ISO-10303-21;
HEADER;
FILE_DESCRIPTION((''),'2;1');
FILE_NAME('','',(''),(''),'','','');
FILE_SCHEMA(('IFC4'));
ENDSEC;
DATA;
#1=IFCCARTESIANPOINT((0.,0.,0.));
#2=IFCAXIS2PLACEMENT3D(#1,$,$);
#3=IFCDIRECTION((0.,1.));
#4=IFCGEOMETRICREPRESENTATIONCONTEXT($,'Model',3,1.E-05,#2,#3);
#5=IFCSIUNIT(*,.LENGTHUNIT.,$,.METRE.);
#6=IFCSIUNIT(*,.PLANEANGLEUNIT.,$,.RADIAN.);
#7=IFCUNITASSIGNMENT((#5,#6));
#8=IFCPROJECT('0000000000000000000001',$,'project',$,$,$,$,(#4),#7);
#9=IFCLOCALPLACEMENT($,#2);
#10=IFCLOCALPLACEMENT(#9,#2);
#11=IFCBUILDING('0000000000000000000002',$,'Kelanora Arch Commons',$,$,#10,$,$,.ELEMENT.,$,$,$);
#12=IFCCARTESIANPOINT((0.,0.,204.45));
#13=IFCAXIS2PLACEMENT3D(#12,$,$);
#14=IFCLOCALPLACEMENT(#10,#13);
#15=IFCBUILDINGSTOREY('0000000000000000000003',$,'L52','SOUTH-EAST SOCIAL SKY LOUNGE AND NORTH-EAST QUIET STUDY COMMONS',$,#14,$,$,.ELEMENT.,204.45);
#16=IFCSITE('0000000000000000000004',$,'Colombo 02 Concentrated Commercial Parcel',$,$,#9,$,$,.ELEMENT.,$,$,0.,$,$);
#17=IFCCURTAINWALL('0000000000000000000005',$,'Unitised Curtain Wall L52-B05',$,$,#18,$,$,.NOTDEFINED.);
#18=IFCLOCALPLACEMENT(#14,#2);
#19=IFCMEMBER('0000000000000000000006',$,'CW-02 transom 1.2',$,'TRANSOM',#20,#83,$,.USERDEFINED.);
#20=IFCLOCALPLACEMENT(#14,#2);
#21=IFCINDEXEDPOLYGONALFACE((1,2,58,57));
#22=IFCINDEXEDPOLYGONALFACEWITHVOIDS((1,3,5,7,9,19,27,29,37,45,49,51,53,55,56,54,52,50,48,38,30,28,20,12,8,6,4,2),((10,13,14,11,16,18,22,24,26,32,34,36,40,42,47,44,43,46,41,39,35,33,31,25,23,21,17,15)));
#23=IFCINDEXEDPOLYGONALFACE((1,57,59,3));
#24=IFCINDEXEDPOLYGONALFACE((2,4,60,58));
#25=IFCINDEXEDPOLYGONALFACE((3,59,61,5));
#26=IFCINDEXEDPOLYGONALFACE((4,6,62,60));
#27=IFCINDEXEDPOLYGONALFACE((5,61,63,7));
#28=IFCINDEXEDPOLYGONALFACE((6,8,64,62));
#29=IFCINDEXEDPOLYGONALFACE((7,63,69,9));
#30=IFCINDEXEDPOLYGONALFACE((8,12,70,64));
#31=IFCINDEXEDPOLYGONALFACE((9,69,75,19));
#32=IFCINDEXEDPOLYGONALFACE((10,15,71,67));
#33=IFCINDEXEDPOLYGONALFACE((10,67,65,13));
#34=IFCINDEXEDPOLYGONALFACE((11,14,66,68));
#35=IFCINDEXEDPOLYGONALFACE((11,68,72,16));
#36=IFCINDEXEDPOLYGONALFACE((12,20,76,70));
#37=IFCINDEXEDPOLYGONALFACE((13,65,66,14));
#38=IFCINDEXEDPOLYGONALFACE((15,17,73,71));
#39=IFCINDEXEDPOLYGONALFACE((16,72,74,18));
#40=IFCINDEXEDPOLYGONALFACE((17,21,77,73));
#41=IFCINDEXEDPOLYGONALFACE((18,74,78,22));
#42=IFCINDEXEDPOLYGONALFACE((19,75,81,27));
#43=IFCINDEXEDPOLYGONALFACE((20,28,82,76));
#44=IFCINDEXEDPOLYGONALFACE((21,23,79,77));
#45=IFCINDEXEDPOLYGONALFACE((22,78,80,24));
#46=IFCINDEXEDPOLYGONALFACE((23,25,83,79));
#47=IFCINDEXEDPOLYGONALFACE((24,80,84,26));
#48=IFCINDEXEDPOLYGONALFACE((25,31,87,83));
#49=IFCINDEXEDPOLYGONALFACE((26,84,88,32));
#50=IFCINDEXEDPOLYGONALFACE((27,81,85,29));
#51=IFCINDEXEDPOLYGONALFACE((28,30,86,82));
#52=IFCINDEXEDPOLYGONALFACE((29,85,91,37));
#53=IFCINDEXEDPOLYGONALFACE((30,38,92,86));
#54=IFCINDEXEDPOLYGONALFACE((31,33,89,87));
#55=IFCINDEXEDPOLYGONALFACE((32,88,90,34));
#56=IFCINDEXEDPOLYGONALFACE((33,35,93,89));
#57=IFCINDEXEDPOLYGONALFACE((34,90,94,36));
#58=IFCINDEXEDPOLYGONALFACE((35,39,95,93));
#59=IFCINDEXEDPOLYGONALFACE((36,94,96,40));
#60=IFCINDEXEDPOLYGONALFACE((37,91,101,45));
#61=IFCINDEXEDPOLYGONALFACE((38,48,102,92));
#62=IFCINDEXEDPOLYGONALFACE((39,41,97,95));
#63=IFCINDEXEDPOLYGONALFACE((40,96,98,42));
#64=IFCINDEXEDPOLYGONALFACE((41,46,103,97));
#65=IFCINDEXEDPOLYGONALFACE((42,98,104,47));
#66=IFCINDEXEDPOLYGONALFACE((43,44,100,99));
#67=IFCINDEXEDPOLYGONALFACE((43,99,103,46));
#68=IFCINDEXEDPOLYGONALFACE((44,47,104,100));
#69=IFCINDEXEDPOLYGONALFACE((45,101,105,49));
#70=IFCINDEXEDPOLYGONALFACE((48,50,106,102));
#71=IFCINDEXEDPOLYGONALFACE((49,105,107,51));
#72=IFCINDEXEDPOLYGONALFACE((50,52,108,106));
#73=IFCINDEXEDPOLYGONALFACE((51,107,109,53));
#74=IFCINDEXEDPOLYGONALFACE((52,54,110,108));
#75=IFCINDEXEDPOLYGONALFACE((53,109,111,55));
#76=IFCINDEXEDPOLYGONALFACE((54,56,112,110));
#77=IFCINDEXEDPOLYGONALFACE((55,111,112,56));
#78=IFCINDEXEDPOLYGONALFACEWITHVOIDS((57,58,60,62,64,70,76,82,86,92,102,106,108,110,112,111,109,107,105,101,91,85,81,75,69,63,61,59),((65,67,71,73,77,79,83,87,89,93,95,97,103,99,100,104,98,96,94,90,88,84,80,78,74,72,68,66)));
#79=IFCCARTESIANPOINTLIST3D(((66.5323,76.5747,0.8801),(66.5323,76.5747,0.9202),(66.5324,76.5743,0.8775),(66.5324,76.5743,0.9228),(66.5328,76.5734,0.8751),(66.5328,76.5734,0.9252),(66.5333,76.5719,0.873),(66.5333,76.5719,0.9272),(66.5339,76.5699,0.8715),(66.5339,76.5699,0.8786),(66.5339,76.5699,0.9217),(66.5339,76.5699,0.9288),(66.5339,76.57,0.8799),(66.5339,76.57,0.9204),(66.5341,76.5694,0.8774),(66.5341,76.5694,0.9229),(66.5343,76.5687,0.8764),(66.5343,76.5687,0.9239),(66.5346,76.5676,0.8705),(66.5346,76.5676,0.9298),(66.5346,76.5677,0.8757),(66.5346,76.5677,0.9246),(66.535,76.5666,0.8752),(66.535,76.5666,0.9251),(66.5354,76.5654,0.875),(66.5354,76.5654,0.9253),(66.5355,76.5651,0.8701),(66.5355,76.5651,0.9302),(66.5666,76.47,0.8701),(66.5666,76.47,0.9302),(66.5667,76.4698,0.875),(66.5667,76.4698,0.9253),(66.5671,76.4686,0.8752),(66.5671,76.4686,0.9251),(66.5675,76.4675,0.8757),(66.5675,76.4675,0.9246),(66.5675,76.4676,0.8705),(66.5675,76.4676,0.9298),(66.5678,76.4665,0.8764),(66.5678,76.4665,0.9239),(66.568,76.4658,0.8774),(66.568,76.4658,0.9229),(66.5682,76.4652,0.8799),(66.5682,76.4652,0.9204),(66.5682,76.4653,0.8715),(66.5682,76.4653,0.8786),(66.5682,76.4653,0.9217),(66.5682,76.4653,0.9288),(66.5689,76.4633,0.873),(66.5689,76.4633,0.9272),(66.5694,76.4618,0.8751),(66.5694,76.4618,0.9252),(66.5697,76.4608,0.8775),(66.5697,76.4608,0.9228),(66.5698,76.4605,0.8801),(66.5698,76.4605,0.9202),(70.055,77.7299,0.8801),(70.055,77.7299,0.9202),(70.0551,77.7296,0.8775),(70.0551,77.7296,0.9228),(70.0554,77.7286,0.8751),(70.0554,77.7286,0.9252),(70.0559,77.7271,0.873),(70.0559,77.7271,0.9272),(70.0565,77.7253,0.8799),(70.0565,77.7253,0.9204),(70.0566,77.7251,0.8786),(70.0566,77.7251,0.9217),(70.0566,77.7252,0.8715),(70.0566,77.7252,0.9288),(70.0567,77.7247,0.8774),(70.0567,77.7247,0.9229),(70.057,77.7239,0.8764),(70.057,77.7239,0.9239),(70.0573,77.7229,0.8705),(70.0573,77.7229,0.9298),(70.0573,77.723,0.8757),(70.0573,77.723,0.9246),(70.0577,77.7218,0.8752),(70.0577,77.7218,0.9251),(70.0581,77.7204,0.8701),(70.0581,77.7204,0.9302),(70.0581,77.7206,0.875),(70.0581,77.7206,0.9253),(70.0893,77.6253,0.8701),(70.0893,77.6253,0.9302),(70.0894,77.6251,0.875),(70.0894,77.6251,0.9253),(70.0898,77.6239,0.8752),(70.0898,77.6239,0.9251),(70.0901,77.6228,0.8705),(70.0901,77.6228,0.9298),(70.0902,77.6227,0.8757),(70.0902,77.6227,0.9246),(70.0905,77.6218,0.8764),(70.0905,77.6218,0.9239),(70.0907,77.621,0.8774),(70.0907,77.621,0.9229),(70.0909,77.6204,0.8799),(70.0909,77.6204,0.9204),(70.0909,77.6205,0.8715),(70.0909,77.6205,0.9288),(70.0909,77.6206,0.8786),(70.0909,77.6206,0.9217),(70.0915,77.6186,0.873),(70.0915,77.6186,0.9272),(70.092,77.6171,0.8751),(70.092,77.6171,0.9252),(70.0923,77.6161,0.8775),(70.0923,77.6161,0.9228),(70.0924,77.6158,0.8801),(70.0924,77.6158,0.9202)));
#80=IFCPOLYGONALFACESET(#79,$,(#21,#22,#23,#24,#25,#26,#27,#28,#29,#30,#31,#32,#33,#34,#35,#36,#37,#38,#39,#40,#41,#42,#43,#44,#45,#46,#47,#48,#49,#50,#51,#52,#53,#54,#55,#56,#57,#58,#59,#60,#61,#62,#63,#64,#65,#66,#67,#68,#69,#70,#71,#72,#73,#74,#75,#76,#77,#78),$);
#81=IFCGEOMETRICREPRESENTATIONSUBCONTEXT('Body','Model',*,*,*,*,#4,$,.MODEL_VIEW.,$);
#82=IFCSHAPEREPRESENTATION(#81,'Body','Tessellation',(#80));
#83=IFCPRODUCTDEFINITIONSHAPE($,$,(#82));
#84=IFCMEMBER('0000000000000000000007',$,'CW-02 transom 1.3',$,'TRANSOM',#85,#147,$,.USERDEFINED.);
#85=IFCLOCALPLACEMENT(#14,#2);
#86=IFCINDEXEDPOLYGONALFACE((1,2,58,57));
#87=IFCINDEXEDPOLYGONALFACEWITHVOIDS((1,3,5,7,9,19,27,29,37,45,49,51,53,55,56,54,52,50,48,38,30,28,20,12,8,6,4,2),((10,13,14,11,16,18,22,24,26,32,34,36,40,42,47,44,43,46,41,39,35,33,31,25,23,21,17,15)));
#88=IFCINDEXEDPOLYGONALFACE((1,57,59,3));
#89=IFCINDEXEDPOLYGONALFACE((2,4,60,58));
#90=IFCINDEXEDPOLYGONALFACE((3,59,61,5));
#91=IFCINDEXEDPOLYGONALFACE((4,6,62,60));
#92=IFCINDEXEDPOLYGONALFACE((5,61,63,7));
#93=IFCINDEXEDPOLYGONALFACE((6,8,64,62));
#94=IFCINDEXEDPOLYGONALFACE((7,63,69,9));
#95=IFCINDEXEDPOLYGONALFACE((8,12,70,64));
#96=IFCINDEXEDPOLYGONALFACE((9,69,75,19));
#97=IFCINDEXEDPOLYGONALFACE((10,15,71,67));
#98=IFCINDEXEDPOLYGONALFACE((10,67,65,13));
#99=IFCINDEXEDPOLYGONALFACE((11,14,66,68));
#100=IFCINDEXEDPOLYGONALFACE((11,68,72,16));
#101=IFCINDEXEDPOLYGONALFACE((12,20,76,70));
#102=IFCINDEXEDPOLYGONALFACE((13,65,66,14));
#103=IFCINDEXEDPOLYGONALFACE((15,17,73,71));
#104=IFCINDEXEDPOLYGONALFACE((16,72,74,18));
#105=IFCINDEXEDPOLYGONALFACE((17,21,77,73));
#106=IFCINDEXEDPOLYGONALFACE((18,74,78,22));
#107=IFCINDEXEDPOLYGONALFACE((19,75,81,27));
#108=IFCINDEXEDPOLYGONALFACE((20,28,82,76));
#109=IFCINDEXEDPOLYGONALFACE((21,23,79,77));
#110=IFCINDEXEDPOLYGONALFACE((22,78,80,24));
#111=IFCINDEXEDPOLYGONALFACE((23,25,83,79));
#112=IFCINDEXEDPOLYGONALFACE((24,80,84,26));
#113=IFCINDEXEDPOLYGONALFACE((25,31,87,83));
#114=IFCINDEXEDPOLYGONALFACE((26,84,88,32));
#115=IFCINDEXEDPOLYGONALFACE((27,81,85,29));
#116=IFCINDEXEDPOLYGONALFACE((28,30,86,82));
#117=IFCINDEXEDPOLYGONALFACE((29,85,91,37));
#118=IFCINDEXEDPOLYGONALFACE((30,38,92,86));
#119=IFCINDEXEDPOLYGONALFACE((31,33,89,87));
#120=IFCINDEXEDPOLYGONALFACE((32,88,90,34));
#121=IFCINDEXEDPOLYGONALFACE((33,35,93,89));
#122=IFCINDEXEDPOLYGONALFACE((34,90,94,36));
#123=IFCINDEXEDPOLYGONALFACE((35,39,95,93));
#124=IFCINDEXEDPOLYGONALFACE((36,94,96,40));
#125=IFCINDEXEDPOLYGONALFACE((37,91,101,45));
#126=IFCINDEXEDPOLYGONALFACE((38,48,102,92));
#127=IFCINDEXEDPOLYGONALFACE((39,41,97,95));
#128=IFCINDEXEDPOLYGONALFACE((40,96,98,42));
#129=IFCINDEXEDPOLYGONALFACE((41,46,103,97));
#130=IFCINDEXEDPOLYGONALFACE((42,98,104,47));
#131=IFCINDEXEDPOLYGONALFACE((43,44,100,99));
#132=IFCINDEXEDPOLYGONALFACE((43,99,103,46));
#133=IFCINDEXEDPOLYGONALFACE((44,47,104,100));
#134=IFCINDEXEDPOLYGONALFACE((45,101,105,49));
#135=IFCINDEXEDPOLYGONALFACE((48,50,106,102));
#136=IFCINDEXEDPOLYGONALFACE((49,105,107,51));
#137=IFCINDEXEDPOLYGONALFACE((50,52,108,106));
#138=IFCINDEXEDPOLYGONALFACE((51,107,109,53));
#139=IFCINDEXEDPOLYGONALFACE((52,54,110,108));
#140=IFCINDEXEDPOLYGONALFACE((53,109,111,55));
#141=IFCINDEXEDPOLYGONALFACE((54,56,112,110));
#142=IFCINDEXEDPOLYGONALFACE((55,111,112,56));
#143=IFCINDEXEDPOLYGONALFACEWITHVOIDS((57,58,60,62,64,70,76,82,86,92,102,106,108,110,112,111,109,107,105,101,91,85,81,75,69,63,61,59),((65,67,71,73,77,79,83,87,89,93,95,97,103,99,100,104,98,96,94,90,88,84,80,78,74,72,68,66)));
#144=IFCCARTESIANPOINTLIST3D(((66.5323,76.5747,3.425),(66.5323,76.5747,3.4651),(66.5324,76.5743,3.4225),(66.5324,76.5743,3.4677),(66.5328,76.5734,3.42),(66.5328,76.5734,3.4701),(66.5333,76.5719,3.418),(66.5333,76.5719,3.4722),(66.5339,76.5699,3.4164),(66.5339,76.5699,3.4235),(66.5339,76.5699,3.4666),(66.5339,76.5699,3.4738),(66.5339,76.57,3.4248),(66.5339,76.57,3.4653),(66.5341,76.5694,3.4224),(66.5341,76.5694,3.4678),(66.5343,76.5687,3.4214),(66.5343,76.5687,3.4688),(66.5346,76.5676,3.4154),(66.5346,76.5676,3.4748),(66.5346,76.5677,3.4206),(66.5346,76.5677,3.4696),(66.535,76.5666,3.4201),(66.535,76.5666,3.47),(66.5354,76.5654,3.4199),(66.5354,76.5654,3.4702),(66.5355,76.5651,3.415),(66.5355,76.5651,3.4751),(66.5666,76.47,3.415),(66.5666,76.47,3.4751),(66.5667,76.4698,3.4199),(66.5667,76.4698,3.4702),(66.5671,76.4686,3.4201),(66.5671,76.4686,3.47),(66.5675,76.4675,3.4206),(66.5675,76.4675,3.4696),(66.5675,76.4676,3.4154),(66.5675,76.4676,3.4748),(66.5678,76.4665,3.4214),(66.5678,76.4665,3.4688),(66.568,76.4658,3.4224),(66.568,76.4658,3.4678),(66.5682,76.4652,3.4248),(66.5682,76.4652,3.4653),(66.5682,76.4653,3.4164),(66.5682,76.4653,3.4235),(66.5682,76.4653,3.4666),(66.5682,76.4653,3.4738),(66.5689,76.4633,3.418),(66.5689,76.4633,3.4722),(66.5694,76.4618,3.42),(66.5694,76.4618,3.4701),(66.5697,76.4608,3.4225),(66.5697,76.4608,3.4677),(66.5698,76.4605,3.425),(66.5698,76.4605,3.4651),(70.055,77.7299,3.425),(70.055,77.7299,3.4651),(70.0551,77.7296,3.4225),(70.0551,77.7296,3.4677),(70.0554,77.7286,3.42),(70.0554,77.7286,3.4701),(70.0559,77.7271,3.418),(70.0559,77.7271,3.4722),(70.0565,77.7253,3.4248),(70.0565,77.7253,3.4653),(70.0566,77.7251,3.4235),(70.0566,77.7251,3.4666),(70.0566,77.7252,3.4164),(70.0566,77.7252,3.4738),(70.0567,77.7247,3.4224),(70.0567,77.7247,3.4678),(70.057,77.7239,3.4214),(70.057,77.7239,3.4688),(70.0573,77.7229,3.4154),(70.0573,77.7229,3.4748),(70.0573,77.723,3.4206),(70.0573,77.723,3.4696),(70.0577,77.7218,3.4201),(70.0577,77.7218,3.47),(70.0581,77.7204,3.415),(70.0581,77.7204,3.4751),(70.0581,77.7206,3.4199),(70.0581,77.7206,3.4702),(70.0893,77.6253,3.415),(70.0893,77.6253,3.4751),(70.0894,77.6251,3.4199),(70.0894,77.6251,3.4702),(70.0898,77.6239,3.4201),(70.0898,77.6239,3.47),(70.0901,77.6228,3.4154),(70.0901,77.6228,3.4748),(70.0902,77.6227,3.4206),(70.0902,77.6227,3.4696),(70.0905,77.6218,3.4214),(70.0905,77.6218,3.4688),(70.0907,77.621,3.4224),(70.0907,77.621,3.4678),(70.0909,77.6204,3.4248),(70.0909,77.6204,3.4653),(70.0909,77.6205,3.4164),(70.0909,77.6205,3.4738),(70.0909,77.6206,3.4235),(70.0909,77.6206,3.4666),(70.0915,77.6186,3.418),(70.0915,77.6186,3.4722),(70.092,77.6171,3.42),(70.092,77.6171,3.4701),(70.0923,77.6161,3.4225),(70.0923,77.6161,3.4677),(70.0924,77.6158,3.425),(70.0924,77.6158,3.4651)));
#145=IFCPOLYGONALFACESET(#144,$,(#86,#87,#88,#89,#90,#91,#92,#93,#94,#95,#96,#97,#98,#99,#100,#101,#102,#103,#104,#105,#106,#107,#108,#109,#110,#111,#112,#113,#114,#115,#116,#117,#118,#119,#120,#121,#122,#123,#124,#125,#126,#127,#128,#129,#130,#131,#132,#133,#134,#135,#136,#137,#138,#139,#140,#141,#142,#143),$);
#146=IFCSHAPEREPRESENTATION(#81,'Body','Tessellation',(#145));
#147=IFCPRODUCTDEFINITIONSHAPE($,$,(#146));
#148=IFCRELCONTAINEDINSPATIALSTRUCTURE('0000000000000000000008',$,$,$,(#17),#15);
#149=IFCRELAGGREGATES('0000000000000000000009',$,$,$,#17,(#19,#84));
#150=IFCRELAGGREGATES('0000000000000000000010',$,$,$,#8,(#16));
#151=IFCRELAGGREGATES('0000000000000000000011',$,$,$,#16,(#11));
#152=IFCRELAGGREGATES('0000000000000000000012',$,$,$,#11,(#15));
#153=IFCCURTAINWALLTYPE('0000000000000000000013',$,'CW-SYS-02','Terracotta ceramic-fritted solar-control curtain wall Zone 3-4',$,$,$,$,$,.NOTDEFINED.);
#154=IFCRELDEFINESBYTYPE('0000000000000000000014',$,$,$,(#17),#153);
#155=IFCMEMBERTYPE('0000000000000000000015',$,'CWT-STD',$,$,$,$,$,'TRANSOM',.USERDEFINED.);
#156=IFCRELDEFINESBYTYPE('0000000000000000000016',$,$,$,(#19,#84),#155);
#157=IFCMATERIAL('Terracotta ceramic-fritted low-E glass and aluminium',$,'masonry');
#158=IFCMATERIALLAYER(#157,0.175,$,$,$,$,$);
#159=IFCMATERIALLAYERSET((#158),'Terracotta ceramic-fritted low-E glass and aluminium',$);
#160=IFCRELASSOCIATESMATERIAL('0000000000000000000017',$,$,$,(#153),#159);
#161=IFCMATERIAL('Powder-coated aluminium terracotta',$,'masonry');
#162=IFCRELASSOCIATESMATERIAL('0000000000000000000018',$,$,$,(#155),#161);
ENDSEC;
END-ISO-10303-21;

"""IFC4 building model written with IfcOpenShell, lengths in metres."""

from ifc_helpers import new_model, si_unit, direction, frame, origin, origin_2d, place, context, subcontext, project, spatial, hollow_rectangle, extrude, material, layer, layer_set, material_profile, profile_set, type_object, element, aggregate, save


model = new_model("IFC4")

# Units and contexts
model_context = context("Model", 3, precision=1e-05, world=origin(), true_north=direction((0.0, 1.0)))
body_context = subcontext(model_context, "Body", "Model", "MODEL_VIEW")
ifc_project = project(units=[si_unit("LENGTHUNIT", "METRE"), si_unit("PLANEANGLEUNIT", "RADIAN")], contexts=[model_context])

# Site, building, storey
site_placement = place(None, origin())
site = spatial("IfcSite", under=ifc_project, at=site_placement, Name="Colombo 02 Concentrated Commercial Parcel", CompositionType="ELEMENT", RefElevation=0.0)
building_placement = place(site_placement, origin())
building = spatial("IfcBuilding", under=site, at=building_placement, Name="Kelanora Arch Commons", CompositionType="ELEMENT")
storey_placement = place(building_placement, frame((0.0, 0.0, 204.45)))
storey = spatial("IfcBuildingStorey", under=building, at=storey_placement, Name="L52", Description="SOUTH-EAST SOCIAL SKY LOUNGE AND NORTH-EAST QUIET STUDY COMMONS", CompositionType="ELEMENT", Elevation=204.45)

# Curtain wall, members
ifc_material_1 = material(Name="Terracotta ceramic-fritted low-E glass and aluminium", Category="masonry")
ifc_layer_1 = layer(ifc_material_1, 0.175)
ifc_layer_set_1 = layer_set([ifc_layer_1], Name="Terracotta ceramic-fritted low-E glass and aluminium")
curtain_wall_type = type_object("IfcCurtainWallType", Name="CW-SYS-02", Description="Terracotta ceramic-fritted solar-control curtain wall Zone 3-4", PredefinedType="NOTDEFINED", material=ifc_layer_set_1)
curtain_wall_placement = place(storey_placement, origin())
curtain_wall = element("IfcCurtainWall", 1, at=curtain_wall_placement, inside=storey, type_object=curtain_wall_type, Name="Unitised Curtain Wall L52-B05", PredefinedType="NOTDEFINED")
ifc_material_2 = material(Name="Powder-coated aluminium terracotta", Category="masonry")
ifc_material_profile_1 = material_profile(ifc_material_2, hollow_rectangle(XDim=0.1201, YDim=0.0601, WallThickness=0.0049, InnerFilletRadius=0.0049, OuterFilletRadius=0.01, at=origin_2d()), Name="CWT120x60")
ifc_profile_set_1 = profile_set([ifc_material_profile_1], Name="Powder-coated aluminium terracotta")
member_type_1 = type_object("IfcMemberType", Name="CWT-STD", ElementType="TRANSOM", PredefinedType="USERDEFINED", material=ifc_profile_set_1)
member_1_placement = place(storey_placement, frame((70.0737, 77.6729, 0.9001), z_axis=(-0.950207, -0.311621, 0.0), x_axis=(0.311621, -0.950207, 0.0)))
member_1 = element("IfcMember", 2, at=member_1_placement, type_object=member_type_1, Name="CW-02 transom 1.2", ObjectType="TRANSOM", PredefinedType="USERDEFINED", context=body_context, shape_type="SweptSolid", body=[
    extrude(hollow_rectangle(XDim=0.1201, YDim=0.0601, WallThickness=0.0049, InnerFilletRadius=0.0049, OuterFilletRadius=0.01, at=origin_2d()), origin(), (0.0, 0.0, 1.0), 3.7073),
])
member_2_placement = place(storey_placement, frame((70.0737, 77.6729, 3.4451), z_axis=(-0.950207, -0.311621, 0.0), x_axis=(0.311621, -0.950207, 0.0)))
member_2 = element("IfcMember", 3, at=member_2_placement, type_object=member_type_1, Name="CW-02 transom 1.3", ObjectType="TRANSOM", PredefinedType="USERDEFINED", context=body_context, shape_type="SweptSolid", body=[
    extrude(hollow_rectangle(XDim=0.1201, YDim=0.0601, WallThickness=0.0049, InnerFilletRadius=0.0049, OuterFilletRadius=0.01, at=origin_2d()), origin(), (0.0, 0.0, 1.0), 3.7073),
])
aggregate(curtain_wall, [member_1, member_2])

save(model, "model.ifc")
